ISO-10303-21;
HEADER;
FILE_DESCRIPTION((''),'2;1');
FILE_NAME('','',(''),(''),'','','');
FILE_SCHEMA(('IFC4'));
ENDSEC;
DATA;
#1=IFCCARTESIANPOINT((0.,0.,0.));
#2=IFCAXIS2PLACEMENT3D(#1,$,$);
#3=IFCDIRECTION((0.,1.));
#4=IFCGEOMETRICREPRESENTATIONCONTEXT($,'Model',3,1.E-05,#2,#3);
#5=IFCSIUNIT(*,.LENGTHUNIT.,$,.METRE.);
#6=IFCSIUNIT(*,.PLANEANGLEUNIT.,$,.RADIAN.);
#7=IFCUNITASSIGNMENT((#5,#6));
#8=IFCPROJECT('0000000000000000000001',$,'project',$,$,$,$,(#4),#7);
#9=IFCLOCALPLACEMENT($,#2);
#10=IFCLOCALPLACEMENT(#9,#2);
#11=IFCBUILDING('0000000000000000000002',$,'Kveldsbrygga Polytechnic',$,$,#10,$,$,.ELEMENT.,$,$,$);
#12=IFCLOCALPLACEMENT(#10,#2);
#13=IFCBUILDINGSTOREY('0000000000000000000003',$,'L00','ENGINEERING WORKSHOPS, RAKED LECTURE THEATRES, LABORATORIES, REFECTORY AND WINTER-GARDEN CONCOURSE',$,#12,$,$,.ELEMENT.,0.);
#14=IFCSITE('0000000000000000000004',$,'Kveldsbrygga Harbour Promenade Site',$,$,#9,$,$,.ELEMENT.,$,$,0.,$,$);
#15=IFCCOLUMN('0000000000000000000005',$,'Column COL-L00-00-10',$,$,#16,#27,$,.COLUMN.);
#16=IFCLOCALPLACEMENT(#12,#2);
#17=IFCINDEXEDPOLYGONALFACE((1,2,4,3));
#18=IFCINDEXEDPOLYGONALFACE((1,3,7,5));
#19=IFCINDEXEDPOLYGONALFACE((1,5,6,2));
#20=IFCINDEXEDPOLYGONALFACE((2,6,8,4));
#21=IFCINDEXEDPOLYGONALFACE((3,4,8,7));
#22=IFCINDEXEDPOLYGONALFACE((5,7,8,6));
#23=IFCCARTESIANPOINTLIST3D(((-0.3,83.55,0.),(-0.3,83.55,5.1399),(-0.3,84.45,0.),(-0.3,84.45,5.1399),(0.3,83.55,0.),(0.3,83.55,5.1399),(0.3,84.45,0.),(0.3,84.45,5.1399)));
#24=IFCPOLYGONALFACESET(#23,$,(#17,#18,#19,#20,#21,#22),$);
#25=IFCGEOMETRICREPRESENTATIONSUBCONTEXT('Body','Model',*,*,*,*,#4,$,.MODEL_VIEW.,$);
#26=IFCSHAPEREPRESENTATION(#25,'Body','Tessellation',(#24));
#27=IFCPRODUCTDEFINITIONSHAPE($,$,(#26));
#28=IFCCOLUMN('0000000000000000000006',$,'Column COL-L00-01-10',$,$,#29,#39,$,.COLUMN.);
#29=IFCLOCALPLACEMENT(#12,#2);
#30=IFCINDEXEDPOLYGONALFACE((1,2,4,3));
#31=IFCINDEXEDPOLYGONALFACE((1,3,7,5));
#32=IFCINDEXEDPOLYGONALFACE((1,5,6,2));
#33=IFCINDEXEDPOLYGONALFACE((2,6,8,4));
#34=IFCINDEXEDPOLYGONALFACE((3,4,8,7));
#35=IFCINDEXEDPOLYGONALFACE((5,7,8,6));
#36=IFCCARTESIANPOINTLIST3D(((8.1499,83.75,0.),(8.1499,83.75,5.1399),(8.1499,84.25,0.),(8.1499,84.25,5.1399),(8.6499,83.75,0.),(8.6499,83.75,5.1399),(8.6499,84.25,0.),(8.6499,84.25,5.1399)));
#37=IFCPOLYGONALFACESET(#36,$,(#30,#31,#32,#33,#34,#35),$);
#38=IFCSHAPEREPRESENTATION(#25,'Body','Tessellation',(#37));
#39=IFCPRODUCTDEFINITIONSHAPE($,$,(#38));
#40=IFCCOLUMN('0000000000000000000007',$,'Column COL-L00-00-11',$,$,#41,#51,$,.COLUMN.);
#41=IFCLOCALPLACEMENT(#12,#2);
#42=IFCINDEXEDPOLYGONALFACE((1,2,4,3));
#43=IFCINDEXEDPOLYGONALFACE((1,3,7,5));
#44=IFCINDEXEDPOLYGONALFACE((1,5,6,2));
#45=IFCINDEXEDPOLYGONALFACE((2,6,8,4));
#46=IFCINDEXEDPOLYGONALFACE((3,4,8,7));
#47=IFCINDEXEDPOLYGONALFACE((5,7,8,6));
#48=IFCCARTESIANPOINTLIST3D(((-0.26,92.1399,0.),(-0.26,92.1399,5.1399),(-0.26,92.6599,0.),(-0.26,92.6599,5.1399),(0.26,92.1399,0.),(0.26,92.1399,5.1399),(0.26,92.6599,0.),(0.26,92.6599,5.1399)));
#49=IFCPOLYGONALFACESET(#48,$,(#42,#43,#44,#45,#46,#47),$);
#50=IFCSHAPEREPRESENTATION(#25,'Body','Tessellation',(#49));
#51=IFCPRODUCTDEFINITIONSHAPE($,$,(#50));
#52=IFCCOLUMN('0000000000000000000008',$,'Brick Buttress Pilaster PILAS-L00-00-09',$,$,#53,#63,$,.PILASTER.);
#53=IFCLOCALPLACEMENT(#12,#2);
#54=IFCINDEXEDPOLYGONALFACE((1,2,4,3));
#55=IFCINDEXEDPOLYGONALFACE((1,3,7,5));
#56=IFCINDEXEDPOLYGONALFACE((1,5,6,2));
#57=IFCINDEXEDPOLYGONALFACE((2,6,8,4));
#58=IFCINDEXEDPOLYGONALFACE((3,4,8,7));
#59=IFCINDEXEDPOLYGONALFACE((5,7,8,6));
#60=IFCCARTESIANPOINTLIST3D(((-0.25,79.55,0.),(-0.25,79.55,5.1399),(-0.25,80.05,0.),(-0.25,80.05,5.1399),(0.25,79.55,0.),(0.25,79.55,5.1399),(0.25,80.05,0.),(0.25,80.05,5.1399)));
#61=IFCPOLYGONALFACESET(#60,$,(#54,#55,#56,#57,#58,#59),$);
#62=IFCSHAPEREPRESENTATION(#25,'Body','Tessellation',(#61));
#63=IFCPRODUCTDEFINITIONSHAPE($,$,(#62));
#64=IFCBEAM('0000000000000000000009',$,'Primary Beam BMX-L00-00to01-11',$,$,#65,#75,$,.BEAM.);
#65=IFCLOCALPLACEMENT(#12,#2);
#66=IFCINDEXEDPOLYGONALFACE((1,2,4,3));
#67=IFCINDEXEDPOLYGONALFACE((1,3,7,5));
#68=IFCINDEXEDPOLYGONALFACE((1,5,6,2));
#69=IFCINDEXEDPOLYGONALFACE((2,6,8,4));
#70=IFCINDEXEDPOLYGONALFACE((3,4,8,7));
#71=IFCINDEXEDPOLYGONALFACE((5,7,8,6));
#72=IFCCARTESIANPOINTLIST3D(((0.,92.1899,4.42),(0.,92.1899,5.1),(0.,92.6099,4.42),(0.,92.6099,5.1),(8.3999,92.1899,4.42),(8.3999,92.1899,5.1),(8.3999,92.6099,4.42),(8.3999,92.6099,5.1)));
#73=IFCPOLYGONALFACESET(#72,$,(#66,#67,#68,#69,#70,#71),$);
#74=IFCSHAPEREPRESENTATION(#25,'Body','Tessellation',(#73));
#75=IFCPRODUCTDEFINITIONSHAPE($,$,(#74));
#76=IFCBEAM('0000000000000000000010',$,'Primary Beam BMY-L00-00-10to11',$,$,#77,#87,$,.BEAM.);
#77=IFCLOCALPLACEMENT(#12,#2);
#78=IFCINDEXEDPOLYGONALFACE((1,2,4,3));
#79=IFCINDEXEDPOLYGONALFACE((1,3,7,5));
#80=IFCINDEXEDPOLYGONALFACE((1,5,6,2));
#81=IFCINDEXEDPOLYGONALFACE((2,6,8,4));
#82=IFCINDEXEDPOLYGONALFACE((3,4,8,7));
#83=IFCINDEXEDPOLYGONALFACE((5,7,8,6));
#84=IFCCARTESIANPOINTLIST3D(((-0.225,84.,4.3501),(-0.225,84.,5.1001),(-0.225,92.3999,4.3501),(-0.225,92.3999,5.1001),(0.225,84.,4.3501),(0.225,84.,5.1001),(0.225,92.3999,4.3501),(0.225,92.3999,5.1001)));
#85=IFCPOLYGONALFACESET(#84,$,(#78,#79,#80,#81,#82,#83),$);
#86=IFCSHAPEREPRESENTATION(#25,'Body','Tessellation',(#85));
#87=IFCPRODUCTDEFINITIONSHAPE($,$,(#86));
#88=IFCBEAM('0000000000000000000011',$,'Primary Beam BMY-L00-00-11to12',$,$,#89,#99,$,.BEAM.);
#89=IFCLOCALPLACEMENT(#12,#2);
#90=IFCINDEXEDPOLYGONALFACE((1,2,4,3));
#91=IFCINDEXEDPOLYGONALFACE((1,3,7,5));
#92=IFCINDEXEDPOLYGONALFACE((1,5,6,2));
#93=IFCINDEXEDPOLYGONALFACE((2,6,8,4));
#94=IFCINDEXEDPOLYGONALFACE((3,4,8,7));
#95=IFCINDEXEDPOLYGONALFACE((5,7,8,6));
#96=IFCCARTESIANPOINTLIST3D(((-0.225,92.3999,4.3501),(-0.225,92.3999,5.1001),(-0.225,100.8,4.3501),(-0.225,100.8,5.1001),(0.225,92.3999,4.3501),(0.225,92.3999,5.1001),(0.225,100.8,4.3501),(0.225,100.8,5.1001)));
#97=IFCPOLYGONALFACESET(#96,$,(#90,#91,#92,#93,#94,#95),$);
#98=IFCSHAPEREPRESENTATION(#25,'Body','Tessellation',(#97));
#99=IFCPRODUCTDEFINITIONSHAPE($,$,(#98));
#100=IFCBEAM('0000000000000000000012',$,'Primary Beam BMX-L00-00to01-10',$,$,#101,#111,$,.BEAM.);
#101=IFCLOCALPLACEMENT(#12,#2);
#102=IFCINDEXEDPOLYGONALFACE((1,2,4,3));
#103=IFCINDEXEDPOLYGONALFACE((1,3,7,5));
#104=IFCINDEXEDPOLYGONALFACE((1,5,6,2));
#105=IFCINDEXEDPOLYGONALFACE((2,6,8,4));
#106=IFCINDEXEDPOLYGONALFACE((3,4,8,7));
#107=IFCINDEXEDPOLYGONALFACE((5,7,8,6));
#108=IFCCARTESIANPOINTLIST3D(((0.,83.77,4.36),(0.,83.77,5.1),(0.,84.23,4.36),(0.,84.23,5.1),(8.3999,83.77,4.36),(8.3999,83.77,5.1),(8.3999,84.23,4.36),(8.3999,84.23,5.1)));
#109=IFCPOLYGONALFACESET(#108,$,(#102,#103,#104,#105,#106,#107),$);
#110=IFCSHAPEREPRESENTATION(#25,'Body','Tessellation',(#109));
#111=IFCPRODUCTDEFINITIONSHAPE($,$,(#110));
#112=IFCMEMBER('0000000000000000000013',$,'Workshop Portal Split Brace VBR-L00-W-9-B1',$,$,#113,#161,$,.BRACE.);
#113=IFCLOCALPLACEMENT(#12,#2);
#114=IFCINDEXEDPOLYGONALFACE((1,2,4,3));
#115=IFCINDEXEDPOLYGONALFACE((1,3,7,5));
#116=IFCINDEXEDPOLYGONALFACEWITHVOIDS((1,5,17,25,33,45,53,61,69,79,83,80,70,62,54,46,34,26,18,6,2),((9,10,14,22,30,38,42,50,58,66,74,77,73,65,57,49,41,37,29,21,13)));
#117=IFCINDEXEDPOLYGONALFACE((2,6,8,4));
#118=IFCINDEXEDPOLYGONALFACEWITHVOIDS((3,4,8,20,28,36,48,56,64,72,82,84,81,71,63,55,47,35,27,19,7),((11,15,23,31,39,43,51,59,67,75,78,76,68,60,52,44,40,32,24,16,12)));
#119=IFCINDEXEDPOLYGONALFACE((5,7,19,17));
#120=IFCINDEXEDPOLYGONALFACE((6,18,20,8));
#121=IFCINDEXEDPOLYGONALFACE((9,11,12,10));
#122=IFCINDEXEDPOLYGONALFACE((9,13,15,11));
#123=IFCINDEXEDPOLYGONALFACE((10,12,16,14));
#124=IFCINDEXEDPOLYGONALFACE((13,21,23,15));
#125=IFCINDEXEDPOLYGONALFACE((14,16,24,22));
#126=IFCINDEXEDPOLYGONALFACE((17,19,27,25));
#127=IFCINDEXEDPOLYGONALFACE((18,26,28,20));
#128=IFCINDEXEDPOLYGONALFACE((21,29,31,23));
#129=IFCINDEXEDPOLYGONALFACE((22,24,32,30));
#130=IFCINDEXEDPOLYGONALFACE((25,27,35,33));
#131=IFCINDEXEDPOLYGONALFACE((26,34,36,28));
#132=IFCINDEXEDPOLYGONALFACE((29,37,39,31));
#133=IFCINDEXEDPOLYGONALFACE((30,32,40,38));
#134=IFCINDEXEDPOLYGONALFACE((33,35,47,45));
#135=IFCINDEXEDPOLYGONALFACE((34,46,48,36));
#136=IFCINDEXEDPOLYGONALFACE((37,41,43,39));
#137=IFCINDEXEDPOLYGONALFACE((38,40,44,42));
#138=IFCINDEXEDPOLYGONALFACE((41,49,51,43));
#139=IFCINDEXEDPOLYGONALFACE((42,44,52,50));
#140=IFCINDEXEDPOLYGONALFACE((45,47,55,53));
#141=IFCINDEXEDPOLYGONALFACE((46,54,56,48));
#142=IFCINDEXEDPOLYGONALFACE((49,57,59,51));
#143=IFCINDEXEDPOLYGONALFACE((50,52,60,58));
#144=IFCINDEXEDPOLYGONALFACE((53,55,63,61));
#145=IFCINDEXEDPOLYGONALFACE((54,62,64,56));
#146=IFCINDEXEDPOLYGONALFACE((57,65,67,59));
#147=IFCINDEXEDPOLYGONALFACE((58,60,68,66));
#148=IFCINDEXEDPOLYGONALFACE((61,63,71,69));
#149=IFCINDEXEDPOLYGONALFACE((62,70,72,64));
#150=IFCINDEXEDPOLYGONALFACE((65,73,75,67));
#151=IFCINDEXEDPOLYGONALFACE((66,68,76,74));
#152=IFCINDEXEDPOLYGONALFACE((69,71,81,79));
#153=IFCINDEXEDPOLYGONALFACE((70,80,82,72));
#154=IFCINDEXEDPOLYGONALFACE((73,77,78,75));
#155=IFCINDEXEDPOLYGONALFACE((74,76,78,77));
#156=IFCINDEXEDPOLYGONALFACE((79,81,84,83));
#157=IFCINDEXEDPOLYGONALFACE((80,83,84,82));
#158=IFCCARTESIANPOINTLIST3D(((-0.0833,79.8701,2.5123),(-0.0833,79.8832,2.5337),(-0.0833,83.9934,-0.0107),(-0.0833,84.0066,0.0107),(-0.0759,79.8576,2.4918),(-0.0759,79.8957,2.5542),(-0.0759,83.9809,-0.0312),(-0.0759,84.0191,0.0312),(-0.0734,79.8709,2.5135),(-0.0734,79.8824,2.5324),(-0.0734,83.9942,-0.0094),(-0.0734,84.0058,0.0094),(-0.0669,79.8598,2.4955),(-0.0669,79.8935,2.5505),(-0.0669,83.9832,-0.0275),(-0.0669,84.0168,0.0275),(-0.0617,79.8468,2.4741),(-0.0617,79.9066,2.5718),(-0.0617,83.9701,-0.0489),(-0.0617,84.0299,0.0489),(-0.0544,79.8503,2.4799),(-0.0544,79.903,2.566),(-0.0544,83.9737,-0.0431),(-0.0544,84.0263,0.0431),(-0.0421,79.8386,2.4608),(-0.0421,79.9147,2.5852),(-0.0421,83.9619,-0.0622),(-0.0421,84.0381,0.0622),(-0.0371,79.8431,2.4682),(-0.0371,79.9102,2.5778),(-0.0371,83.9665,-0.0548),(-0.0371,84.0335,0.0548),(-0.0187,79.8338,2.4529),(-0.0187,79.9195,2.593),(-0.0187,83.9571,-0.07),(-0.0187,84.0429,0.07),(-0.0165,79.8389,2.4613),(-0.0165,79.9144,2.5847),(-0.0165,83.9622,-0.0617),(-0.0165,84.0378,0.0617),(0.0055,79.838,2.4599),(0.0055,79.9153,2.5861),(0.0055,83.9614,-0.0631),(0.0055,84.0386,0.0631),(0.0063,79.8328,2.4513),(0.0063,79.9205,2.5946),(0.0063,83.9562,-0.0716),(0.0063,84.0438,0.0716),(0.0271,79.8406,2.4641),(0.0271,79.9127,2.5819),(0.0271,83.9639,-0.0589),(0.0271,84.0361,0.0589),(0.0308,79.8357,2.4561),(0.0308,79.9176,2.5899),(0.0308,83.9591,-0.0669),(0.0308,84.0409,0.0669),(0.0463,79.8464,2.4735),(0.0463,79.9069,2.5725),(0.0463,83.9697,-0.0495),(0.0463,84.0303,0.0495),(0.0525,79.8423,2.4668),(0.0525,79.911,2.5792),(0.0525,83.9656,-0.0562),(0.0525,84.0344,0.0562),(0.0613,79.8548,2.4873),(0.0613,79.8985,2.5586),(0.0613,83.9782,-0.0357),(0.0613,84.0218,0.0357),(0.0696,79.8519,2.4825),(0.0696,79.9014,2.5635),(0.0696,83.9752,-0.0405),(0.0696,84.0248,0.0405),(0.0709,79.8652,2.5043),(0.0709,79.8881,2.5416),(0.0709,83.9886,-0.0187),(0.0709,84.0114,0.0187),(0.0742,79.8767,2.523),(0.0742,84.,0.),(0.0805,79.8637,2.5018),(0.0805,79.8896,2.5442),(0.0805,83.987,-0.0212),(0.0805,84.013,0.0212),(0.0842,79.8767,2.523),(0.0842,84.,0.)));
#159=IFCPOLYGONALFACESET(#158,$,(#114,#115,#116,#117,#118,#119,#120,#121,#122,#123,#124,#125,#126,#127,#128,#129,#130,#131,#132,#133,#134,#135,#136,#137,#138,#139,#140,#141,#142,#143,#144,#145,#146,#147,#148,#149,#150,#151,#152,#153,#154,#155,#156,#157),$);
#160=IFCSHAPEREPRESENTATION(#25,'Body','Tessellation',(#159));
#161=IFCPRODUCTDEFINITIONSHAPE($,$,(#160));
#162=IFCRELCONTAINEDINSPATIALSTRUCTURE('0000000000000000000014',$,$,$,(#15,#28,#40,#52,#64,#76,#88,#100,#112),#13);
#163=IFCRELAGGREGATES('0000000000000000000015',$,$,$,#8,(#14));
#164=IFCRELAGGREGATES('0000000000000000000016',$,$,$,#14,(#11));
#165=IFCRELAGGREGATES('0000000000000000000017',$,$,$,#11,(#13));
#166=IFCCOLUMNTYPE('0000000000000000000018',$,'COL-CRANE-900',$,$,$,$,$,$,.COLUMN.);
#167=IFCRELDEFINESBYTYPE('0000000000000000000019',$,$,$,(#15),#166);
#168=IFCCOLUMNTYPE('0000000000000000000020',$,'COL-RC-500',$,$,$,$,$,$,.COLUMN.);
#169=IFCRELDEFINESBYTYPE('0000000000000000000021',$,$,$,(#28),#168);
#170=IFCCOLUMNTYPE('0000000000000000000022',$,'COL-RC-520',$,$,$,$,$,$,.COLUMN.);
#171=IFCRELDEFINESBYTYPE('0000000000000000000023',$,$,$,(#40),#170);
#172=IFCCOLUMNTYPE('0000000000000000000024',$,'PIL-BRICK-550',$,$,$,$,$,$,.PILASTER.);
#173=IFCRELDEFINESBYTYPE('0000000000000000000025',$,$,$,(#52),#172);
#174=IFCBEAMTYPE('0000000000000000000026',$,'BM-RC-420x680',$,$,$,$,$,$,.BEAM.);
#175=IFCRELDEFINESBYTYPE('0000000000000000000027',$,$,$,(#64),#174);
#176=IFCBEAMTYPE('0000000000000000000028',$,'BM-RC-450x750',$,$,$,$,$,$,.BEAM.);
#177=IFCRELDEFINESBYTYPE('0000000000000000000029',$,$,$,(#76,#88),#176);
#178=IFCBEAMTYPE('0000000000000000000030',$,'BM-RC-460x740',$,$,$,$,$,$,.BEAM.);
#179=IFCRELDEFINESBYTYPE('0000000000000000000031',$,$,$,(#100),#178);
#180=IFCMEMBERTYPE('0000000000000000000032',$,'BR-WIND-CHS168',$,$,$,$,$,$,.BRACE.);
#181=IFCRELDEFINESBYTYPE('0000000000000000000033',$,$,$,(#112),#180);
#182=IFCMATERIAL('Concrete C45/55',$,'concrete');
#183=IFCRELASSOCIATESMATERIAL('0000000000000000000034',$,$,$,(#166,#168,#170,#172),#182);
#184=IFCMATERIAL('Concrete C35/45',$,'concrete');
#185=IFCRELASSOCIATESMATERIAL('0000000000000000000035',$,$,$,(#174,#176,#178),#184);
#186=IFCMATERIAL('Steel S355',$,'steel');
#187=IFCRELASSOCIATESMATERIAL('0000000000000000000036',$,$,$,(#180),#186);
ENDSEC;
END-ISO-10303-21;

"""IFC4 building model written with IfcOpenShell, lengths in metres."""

from ifc_helpers import new_model, si_unit, direction, frame, origin, origin_2d, place, context, subcontext, project, spatial, rectangle, hollow_circle, extrude, material, material_profile, profile_set, type_object, element, save


model = new_model("IFC4")

# Units and contexts
model_context = context("Model", 3, precision=1e-05, world=origin(), true_north=direction((0.0, 1.0)))
body_context = subcontext(model_context, "Body", "Model", "MODEL_VIEW")
ifc_project = project(units=[si_unit("LENGTHUNIT", "METRE"), si_unit("PLANEANGLEUNIT", "RADIAN")], contexts=[model_context])

# Site, building, storey
site_placement = place(None, origin())
site = spatial("IfcSite", under=ifc_project, at=site_placement, Name="Kveldsbrygga Harbour Promenade Site", CompositionType="ELEMENT", RefElevation=0.0)
building_placement = place(site_placement, origin())
building = spatial("IfcBuilding", under=site, at=building_placement, Name="Kveldsbrygga Polytechnic", CompositionType="ELEMENT")
storey_placement = place(building_placement, origin())
storey = spatial("IfcBuildingStorey", under=building, at=storey_placement, Name="L00", Description="ENGINEERING WORKSHOPS, RAKED LECTURE THEATRES, LABORATORIES, REFECTORY AND WINTER-GARDEN CONCOURSE", CompositionType="ELEMENT", Elevation=0.0)

# Columns
ifc_material_1 = material(Name="Concrete C45/55", Category="concrete")
ifc_material_profile_1 = material_profile(ifc_material_1, rectangle(XDim=0.6001, YDim=0.8999, at=origin_2d()), Name="RC 600x900")
ifc_profile_set_1 = profile_set([ifc_material_profile_1], Name="Concrete C45/55")
column_type_1 = type_object("IfcColumnType", Name="COL-CRANE-900", PredefinedType="COLUMN", material=ifc_profile_set_1)
column_1_placement = place(storey_placement, frame((0.0, 84.0, 0.0), z_axis=(0.0, 0.0, 1.0), x_axis=(1.0, 0.0, 0.0)))
element("IfcColumn", 1, at=column_1_placement, inside=storey, type_object=column_type_1, Name="Column COL-L00-00-10", PredefinedType="COLUMN", context=body_context, shape_type="SweptSolid", body=[
    extrude(rectangle(XDim=0.6001, YDim=0.8999, at=origin_2d()), origin(), (0.0, 0.0, 1.0), 5.1399),
])
ifc_material_profile_2 = material_profile(ifc_material_1, rectangle(XDim=0.5, YDim=0.5, at=origin_2d()), Name="RC 500x500")
ifc_profile_set_2 = profile_set([ifc_material_profile_2], Name="Concrete C45/55")
column_type_2 = type_object("IfcColumnType", Name="COL-RC-500", PredefinedType="COLUMN", material=ifc_profile_set_2)
column_2_placement = place(storey_placement, frame((8.3999, 84.0, 0.0), z_axis=(0.0, 0.0, 1.0), x_axis=(1.0, 0.0, 0.0)))
element("IfcColumn", 2, at=column_2_placement, inside=storey, type_object=column_type_2, Name="Column COL-L00-01-10", PredefinedType="COLUMN", context=body_context, shape_type="SweptSolid", body=[
    extrude(rectangle(XDim=0.5, YDim=0.5, at=origin_2d()), origin(), (0.0, 0.0, 1.0), 5.1399),
])
ifc_material_profile_3 = material_profile(ifc_material_1, rectangle(XDim=0.52, YDim=0.52, at=origin_2d()), Name="RC 520x520")
ifc_profile_set_3 = profile_set([ifc_material_profile_3], Name="Concrete C45/55")
column_type_3 = type_object("IfcColumnType", Name="COL-RC-520", PredefinedType="COLUMN", material=ifc_profile_set_3)
column_3_placement = place(storey_placement, frame((0.0, 92.3999, 0.0), z_axis=(0.0, 0.0, 1.0), x_axis=(1.0, 0.0, 0.0)))
element("IfcColumn", 3, at=column_3_placement, inside=storey, type_object=column_type_3, Name="Column COL-L00-00-11", PredefinedType="COLUMN", context=body_context, shape_type="SweptSolid", body=[
    extrude(rectangle(XDim=0.52, YDim=0.52, at=origin_2d()), origin(), (0.0, 0.0, 1.0), 5.1399),
])
ifc_material_profile_4 = material_profile(ifc_material_1, rectangle(XDim=0.5, YDim=0.5, at=origin_2d()), Name="RC 500x500")
ifc_profile_set_4 = profile_set([ifc_material_profile_4], Name="Concrete C45/55")
column_type_4 = type_object("IfcColumnType", Name="PIL-BRICK-550", PredefinedType="PILASTER", material=ifc_profile_set_4)
column_4_placement = place(storey_placement, frame((0.0, 79.8, 0.0), z_axis=(0.0, 0.0, 1.0), x_axis=(1.0, 0.0, 0.0)))
element("IfcColumn", 4, at=column_4_placement, inside=storey, type_object=column_type_4, Name="Brick Buttress Pilaster PILAS-L00-00-09", PredefinedType="PILASTER", context=body_context, shape_type="SweptSolid", body=[
    extrude(rectangle(XDim=0.5, YDim=0.5, at=origin_2d()), origin(), (0.0, 0.0, 1.0), 5.1399),
])

# Beams
ifc_material_2 = material(Name="Concrete C35/45", Category="concrete")
ifc_material_profile_5 = material_profile(ifc_material_2, rectangle(XDim=0.4199, YDim=0.6799, at=origin_2d()), Name="RC 420x680")
ifc_profile_set_5 = profile_set([ifc_material_profile_5], Name="Concrete C35/45")
beam_type_1 = type_object("IfcBeamType", Name="BM-RC-420x680", PredefinedType="BEAM", material=ifc_profile_set_5)
beam_1_placement = place(storey_placement, frame((0.0, 92.3999, 4.76), z_axis=(1.0, 0.0, 0.0), x_axis=(0.0, 1.0, 0.0)))
element("IfcBeam", 5, at=beam_1_placement, inside=storey, type_object=beam_type_1, Name="Primary Beam BMX-L00-00to01-11", PredefinedType="BEAM", context=body_context, shape_type="SweptSolid", body=[
    extrude(rectangle(XDim=0.4199, YDim=0.6799, at=origin_2d()), origin(), (0.0, 0.0, 1.0), 8.3999),
])
ifc_material_profile_6 = material_profile(ifc_material_2, rectangle(XDim=0.45, YDim=0.75, at=origin_2d()), Name="RC 450x750")
ifc_profile_set_6 = profile_set([ifc_material_profile_6], Name="Concrete C35/45")
beam_type_2 = type_object("IfcBeamType", Name="BM-RC-450x750", PredefinedType="BEAM", material=ifc_profile_set_6)
beam_2_placement = place(storey_placement, frame((0.0, 84.0, 4.7251), z_axis=(0.0, 1.0, 0.0), x_axis=(-1.0, 0.0, 0.0)))
element("IfcBeam", 6, at=beam_2_placement, inside=storey, type_object=beam_type_2, Name="Primary Beam BMY-L00-00-10to11", PredefinedType="BEAM", context=body_context, shape_type="SweptSolid", body=[
    extrude(rectangle(XDim=0.45, YDim=0.75, at=origin_2d()), origin(), (0.0, 0.0, 1.0), 8.3999),
])
beam_3_placement = place(storey_placement, frame((0.0, 92.3999, 4.7251), z_axis=(0.0, 1.0, 0.0), x_axis=(-1.0, 0.0, 0.0)))
element("IfcBeam", 7, at=beam_3_placement, inside=storey, type_object=beam_type_2, Name="Primary Beam BMY-L00-00-11to12", PredefinedType="BEAM", context=body_context, shape_type="SweptSolid", body=[
    extrude(rectangle(XDim=0.45, YDim=0.75, at=origin_2d()), origin(), (0.0, 0.0, 1.0), 8.4001),
])
ifc_material_profile_7 = material_profile(ifc_material_2, rectangle(XDim=0.46, YDim=0.74, at=origin_2d()), Name="RC 460x740")
ifc_profile_set_7 = profile_set([ifc_material_profile_7], Name="Concrete C35/45")
beam_type_3 = type_object("IfcBeamType", Name="BM-RC-460x740", PredefinedType="BEAM", material=ifc_profile_set_7)
beam_4_placement = place(storey_placement, frame((0.0, 84.0, 4.73), z_axis=(1.0, 0.0, 0.0), x_axis=(0.0, 1.0, 0.0)))
element("IfcBeam", 8, at=beam_4_placement, inside=storey, type_object=beam_type_3, Name="Primary Beam BMX-L00-00to01-10", PredefinedType="BEAM", context=body_context, shape_type="SweptSolid", body=[
    extrude(rectangle(XDim=0.46, YDim=0.74, at=origin_2d()), origin(), (0.0, 0.0, 1.0), 8.3999),
])

# Member
ifc_material_3 = material(Name="Steel S355", Category="steel")
ifc_material_profile_8 = material_profile(ifc_material_3, hollow_circle(Radius=0.0842, WallThickness=0.01, at=origin_2d()), Name="CHS 168.3x10.0")
ifc_profile_set_8 = profile_set([ifc_material_profile_8], Name="Steel S355")
member_type = type_object("IfcMemberType", Name="BR-WIND-CHS168", PredefinedType="BRACE", material=ifc_profile_set_8)
member_1_placement = place(storey_placement, frame((0.0, 84.0, 0.0), z_axis=(0.0, -0.852991, 0.521926), x_axis=(1.0, 0.0, 0.0)))
element("IfcMember", 9, at=member_1_placement, inside=storey, type_object=member_type, Name="Workshop Portal Split Brace VBR-L00-W-9-B1", PredefinedType="BRACE", context=body_context, shape_type="SweptSolid", body=[
    extrude(hollow_circle(Radius=0.0842, WallThickness=0.01, at=origin_2d()), origin(), (0.0, 0.0, 1.0), 4.834),
])

save(model, "model.ifc")
